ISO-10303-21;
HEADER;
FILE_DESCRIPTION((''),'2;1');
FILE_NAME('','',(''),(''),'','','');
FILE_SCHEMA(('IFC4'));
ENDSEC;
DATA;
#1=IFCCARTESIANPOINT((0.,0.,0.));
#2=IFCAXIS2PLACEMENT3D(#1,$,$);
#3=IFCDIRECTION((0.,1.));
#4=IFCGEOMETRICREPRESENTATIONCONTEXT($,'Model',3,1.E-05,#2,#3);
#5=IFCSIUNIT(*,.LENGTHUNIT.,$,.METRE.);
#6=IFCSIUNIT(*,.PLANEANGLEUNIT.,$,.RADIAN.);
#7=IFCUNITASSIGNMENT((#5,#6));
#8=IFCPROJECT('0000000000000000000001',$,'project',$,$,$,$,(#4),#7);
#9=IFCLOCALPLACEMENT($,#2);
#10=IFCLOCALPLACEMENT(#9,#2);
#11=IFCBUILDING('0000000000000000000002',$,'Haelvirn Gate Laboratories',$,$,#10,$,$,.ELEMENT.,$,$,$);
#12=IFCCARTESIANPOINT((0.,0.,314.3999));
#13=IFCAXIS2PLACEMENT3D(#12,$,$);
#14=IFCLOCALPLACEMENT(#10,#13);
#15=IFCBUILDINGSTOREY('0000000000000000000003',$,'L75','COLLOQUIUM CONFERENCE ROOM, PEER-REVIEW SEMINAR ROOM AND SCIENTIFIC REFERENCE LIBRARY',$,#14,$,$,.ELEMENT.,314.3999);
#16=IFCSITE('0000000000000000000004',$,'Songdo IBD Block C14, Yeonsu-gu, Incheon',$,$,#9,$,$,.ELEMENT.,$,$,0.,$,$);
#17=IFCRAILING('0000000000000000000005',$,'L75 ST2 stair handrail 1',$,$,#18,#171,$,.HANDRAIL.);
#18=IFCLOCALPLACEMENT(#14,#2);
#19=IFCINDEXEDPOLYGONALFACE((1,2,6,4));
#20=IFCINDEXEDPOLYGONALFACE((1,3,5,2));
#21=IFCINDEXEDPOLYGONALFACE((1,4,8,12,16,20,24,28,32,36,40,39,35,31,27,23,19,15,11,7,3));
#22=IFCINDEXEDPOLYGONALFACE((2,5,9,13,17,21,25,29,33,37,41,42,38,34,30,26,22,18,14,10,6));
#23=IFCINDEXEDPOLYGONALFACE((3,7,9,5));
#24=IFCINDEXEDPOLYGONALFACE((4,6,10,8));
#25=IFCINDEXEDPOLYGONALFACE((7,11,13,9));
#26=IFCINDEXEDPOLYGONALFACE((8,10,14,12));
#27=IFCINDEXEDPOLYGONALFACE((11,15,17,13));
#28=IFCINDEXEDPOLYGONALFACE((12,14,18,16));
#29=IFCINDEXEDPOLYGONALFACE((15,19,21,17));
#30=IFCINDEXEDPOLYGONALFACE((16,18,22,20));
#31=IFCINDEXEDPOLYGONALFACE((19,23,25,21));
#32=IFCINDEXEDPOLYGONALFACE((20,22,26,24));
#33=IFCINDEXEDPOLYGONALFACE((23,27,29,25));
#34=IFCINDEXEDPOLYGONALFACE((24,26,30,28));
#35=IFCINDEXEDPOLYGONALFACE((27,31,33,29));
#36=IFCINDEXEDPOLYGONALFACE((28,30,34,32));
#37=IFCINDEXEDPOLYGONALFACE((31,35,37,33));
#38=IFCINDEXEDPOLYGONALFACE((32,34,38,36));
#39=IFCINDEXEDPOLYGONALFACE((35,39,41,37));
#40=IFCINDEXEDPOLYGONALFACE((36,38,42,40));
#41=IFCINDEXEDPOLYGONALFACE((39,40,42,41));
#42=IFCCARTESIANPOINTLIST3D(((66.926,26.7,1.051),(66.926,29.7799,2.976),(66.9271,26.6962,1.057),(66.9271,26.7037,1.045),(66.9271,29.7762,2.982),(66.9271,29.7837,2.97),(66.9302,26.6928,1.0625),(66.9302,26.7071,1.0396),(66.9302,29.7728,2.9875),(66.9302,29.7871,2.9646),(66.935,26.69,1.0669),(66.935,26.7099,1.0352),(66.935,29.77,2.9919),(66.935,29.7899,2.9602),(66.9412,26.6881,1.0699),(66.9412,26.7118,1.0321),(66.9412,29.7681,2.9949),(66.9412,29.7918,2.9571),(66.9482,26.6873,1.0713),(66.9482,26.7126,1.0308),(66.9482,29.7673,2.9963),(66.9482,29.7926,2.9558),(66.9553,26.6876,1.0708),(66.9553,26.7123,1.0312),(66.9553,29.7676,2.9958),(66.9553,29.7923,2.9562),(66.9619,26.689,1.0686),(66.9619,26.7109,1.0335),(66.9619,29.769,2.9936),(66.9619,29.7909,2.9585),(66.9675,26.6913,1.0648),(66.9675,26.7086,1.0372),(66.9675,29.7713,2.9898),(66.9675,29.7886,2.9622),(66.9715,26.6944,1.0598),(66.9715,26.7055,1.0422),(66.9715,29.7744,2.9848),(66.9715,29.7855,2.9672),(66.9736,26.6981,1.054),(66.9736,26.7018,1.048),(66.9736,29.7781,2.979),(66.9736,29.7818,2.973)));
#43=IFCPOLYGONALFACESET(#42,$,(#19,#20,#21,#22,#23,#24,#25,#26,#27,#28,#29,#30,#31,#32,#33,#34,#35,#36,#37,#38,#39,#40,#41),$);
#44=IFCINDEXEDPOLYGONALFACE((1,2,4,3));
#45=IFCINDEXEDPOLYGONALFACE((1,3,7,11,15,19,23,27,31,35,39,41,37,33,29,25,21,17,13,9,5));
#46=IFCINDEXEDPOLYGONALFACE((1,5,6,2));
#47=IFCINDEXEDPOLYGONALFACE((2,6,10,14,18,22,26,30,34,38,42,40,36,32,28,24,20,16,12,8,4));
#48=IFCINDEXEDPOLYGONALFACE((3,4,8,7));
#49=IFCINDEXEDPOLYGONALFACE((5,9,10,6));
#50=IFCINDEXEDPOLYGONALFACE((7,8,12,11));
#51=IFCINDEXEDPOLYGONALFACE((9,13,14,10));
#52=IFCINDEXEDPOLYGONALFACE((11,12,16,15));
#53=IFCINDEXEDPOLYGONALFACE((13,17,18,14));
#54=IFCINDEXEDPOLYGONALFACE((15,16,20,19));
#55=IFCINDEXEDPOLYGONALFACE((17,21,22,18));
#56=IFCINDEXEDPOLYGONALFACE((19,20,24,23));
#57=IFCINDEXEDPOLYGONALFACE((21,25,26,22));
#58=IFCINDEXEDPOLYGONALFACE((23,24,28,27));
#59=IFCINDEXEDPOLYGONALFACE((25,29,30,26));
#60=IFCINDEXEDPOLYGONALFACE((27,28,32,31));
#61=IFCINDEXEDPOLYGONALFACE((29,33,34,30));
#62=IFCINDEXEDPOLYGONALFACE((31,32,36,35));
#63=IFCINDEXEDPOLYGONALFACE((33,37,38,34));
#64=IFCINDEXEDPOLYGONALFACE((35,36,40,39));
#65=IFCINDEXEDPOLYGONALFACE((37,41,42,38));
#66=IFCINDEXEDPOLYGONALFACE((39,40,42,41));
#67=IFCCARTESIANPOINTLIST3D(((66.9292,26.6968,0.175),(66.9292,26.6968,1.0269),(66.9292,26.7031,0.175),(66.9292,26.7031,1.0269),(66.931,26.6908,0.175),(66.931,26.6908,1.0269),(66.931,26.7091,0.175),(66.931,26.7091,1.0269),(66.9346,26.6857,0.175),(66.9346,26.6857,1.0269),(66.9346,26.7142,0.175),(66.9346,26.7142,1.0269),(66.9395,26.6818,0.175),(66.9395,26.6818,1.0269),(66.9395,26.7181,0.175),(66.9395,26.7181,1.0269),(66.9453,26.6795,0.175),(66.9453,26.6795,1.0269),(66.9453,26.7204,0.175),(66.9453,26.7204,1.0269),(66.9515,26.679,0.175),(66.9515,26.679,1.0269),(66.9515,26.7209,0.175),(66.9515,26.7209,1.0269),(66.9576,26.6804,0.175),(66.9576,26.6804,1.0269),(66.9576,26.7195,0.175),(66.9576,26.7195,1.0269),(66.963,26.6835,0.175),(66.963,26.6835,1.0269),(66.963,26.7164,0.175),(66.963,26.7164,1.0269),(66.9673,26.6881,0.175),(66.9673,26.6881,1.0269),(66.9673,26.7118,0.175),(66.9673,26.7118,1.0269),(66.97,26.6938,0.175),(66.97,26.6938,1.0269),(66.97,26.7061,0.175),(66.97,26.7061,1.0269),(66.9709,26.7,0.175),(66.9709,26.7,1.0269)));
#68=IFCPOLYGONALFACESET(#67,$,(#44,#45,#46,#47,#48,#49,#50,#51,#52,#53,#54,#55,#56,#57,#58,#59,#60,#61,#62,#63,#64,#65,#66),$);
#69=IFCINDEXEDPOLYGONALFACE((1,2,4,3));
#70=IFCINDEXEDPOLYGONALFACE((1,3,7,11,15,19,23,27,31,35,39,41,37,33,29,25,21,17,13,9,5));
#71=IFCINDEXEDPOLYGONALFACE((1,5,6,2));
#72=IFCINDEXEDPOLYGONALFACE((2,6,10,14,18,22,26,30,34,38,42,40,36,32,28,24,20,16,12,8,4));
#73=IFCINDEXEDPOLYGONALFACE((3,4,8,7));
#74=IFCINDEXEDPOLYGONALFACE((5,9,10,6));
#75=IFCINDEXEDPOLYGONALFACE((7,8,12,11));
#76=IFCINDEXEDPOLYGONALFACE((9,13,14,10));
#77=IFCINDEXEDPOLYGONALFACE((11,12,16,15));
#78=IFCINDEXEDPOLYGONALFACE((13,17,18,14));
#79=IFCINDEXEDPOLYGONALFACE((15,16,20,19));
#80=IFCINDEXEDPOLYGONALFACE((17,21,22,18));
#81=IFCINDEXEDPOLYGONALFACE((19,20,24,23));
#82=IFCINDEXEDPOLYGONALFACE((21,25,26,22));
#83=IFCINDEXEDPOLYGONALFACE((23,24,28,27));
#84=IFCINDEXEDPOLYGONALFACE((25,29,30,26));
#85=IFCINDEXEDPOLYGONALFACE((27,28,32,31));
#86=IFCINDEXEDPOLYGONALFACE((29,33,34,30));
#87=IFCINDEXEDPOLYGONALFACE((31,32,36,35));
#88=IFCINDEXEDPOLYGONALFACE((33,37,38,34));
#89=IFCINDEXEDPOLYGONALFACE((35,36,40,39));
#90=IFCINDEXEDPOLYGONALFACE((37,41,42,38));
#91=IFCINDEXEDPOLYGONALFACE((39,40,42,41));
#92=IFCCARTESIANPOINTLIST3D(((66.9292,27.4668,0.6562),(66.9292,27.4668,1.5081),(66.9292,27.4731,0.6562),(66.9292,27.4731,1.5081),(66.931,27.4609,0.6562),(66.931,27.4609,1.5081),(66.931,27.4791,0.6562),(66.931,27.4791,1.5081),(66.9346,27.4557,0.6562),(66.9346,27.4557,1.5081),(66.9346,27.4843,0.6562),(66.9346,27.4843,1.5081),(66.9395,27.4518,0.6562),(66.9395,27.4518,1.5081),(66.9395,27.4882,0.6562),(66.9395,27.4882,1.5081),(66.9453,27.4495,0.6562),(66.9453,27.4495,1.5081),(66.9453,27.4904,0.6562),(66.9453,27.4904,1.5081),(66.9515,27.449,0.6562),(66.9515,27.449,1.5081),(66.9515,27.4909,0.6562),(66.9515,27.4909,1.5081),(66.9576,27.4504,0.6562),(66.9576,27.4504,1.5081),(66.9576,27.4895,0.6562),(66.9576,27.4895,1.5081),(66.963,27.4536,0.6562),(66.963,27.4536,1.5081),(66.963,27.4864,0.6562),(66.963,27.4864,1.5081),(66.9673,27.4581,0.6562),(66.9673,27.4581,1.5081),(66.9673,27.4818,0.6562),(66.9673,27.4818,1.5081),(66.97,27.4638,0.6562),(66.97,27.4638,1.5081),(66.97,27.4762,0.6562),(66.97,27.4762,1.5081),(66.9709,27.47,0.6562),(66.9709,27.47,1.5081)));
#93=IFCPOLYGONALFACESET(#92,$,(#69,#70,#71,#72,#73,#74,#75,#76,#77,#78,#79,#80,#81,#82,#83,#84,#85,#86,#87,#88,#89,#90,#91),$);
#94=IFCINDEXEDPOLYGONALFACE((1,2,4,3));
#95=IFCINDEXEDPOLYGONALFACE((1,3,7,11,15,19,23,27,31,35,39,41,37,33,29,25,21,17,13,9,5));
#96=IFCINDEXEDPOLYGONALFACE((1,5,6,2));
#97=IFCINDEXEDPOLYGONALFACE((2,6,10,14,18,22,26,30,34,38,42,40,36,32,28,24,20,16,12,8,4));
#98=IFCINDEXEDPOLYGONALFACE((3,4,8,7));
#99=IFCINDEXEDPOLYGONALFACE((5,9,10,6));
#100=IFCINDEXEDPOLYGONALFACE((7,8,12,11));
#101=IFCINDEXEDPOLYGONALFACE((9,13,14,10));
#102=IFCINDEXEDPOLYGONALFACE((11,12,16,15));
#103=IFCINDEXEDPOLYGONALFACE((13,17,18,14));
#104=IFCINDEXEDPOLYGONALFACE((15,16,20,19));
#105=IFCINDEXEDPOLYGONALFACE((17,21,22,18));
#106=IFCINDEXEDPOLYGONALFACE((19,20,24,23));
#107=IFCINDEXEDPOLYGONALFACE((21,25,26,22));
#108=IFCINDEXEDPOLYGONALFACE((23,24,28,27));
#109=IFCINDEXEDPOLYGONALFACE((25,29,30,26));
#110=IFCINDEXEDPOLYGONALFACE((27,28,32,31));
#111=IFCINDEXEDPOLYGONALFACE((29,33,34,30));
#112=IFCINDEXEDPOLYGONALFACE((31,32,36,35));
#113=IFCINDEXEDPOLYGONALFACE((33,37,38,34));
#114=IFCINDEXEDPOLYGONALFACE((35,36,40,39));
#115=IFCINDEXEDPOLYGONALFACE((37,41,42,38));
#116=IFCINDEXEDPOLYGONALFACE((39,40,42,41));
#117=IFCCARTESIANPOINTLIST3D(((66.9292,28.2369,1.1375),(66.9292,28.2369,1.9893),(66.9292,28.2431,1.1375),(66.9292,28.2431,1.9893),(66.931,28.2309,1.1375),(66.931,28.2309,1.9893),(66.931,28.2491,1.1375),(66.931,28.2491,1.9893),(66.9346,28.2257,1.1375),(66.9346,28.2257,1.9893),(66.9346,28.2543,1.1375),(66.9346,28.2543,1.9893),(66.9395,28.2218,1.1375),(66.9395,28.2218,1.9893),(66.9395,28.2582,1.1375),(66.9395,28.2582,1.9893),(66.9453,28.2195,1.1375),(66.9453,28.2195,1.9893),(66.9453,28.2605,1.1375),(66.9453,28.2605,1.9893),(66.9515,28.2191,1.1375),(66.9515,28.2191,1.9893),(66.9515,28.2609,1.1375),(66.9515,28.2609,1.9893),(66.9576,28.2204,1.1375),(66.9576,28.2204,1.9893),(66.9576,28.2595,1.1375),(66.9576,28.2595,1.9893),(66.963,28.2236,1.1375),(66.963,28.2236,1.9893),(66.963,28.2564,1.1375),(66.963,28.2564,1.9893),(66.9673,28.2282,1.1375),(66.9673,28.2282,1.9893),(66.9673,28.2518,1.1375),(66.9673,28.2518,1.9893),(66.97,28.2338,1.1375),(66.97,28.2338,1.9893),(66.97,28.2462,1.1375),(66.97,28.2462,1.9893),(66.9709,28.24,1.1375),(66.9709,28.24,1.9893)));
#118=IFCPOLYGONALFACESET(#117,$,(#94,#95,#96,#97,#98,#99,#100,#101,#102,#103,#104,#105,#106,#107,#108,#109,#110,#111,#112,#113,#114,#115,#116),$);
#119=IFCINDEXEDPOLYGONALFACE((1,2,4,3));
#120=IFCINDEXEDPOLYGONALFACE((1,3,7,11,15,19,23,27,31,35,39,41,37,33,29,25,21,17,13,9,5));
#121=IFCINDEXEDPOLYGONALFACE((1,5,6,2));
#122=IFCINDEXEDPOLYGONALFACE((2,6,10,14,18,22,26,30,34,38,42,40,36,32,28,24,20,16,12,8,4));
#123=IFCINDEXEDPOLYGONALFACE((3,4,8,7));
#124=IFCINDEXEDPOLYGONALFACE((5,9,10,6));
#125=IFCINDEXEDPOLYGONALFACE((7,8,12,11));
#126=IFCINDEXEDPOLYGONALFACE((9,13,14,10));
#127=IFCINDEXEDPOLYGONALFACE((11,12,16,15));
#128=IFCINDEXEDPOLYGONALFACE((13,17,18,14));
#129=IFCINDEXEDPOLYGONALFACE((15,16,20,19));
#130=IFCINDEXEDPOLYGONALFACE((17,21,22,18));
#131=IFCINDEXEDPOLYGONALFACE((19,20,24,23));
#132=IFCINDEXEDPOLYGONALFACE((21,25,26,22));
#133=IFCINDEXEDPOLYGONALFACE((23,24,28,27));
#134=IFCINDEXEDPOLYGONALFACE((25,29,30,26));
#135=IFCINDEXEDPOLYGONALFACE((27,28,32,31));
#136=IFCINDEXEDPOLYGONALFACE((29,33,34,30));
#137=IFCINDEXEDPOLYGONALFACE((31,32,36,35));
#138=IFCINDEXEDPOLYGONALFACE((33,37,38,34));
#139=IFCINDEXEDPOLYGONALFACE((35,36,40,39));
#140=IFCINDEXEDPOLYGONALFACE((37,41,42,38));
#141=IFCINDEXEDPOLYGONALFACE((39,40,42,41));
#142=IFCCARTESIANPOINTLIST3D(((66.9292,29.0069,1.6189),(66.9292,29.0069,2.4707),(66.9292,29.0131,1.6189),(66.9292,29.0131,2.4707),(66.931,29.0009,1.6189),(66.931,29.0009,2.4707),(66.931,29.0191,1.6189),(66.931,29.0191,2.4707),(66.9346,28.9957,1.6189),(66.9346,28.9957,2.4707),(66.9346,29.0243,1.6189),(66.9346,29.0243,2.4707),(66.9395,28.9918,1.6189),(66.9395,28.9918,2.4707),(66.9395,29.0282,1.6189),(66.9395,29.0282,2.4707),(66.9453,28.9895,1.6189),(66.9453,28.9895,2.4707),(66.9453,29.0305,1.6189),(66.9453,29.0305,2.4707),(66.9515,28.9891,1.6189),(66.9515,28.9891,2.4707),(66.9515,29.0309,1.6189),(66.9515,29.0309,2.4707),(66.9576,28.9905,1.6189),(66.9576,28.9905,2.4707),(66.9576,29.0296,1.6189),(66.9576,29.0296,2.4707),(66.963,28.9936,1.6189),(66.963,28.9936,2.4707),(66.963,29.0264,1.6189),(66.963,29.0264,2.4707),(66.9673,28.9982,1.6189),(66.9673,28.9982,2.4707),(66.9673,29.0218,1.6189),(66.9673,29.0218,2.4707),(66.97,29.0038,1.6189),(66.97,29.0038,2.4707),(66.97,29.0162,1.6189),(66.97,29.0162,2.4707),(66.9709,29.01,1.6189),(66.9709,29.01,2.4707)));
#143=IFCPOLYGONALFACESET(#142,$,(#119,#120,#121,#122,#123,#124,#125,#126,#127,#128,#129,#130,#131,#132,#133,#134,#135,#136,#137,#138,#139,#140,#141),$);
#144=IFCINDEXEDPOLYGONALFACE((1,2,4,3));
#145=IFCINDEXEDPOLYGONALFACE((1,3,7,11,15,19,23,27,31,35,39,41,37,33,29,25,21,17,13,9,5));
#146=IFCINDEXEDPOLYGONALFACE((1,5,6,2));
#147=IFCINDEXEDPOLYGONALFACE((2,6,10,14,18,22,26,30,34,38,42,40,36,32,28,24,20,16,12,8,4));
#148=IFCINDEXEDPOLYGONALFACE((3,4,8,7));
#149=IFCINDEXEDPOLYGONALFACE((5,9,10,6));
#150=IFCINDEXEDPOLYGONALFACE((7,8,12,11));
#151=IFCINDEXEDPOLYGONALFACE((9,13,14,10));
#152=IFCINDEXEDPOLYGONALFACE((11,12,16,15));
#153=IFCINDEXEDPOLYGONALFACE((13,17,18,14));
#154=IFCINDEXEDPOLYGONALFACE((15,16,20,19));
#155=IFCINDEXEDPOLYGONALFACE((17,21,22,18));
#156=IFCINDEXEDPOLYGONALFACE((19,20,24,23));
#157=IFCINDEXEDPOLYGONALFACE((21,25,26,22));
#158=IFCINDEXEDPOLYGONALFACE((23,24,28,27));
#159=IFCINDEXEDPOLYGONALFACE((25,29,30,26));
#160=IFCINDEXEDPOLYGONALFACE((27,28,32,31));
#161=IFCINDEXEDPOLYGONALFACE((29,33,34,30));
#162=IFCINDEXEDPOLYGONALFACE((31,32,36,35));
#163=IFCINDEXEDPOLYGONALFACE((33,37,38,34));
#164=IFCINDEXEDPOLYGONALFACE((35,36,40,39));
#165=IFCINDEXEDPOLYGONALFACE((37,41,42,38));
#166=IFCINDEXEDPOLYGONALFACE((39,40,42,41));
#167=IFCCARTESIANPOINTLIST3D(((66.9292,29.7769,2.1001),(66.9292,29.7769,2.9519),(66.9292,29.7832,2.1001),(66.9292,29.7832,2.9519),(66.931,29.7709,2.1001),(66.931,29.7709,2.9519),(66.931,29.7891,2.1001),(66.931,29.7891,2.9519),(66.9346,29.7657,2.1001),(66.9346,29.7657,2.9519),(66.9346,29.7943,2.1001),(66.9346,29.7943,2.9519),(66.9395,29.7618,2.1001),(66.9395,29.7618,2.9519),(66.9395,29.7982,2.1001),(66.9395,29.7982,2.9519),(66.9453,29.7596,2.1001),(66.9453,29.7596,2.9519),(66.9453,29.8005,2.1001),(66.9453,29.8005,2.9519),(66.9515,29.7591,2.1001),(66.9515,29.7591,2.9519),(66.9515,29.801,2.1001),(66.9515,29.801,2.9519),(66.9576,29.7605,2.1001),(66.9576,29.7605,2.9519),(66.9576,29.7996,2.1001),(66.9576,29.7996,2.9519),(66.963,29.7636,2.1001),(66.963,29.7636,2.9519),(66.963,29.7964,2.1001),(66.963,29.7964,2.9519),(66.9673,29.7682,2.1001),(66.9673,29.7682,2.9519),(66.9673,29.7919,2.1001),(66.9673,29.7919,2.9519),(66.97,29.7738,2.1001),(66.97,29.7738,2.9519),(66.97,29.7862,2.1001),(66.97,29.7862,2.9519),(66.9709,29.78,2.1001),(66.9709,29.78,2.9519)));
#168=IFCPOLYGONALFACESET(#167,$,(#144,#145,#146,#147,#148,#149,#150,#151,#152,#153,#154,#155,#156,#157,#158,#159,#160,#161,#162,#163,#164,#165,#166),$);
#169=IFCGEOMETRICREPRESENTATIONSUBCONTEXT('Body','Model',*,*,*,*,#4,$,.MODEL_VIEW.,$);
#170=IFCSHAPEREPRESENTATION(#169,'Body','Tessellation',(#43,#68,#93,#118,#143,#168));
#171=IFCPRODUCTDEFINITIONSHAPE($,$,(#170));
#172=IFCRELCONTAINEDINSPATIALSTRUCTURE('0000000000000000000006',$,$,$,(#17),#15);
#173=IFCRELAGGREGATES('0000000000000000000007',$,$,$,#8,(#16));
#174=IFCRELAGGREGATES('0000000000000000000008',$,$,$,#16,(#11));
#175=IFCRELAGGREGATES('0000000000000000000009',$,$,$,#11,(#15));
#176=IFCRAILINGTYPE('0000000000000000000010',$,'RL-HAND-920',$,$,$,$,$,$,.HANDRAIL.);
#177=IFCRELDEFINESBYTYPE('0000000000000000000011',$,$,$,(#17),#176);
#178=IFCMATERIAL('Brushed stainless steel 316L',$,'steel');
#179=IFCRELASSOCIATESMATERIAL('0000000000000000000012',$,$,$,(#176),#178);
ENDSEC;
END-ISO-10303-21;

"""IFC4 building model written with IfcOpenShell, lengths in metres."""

from ifc_helpers import new_model, si_unit, direction, frame, origin, origin_2d, place, context, subcontext, project, spatial, circle, extrude, source, transform, mapped, material, type_object, element, save


model = new_model("IFC4")

# Units and contexts
model_context = context("Model", 3, precision=1e-05, world=origin(), true_north=direction((0.0, 1.0)))
body_context = subcontext(model_context, "Body", "Model", "MODEL_VIEW")
ifc_project = project(units=[si_unit("LENGTHUNIT", "METRE"), si_unit("PLANEANGLEUNIT", "RADIAN")], contexts=[model_context])

# Site, building, storey
site_placement = place(None, origin())
site = spatial("IfcSite", under=ifc_project, at=site_placement, Name="Songdo IBD Block C14, Yeonsu-gu, Incheon", CompositionType="ELEMENT", RefElevation=0.0)
building_placement = place(site_placement, origin())
building = spatial("IfcBuilding", under=site, at=building_placement, Name="Haelvirn Gate Laboratories", CompositionType="ELEMENT")
storey_placement = place(building_placement, frame((0.0, 0.0, 314.3999)))
storey = spatial("IfcBuildingStorey", under=building, at=storey_placement, Name="L75", Description="COLLOQUIUM CONFERENCE ROOM, PEER-REVIEW SEMINAR ROOM AND SCIENTIFIC REFERENCE LIBRARY", CompositionType="ELEMENT", Elevation=314.3999)

# Railing
ifc_material_1 = material(Name="Brushed stainless steel 316L", Category="steel")
railing_type_1 = type_object("IfcRailingType", Name="RL-HAND-920", PredefinedType="HANDRAIL", material=ifc_material_1)
shared_shape_1 = source(origin(), body_context, "Body", "SweptSolid", [
    extrude(circle(Radius=0.0239, at=origin_2d()), frame((0.0, 0.0, 0.876), z_axis=(0.0, 0.847998, 0.529999), x_axis=(-1.0, 0.0, 0.0)), (0.0, 0.0, 1.0), 3.6321),
    extrude(circle(Radius=0.021, at=origin_2d()), origin(), (0.0, 0.0, 1.0), 0.8518),
    extrude(circle(Radius=0.021, at=origin_2d()), frame((0.0, 0.77, 0.4812)), (0.0, 0.0, 1.0), 0.8518),
    extrude(circle(Radius=0.021, at=origin_2d()), frame((0.0, 1.54, 0.9624)), (0.0, 0.0, 1.0), 0.8518),
    extrude(circle(Radius=0.021, at=origin_2d()), frame((0.0, 2.3101, 1.4438)), (0.0, 0.0, 1.0), 0.8518),
    extrude(circle(Radius=0.021, at=origin_2d()), frame((0.0, 3.0801, 1.925)), (0.0, 0.0, 1.0), 0.8518),
])
railing_1_placement = place(storey_placement, frame((66.95, 26.7, 0.175)))
element("IfcRailing", 1, at=railing_1_placement, inside=storey, type_object=railing_type_1, Name="L75 ST2 stair handrail 1", PredefinedType="HANDRAIL", context=body_context, shape_type="MappedRepresentation", body=[
    mapped(shared_shape_1, transform((0.0, 0.0, 0.0), scale=1.0)),
])

save(model, "model.ifc")
